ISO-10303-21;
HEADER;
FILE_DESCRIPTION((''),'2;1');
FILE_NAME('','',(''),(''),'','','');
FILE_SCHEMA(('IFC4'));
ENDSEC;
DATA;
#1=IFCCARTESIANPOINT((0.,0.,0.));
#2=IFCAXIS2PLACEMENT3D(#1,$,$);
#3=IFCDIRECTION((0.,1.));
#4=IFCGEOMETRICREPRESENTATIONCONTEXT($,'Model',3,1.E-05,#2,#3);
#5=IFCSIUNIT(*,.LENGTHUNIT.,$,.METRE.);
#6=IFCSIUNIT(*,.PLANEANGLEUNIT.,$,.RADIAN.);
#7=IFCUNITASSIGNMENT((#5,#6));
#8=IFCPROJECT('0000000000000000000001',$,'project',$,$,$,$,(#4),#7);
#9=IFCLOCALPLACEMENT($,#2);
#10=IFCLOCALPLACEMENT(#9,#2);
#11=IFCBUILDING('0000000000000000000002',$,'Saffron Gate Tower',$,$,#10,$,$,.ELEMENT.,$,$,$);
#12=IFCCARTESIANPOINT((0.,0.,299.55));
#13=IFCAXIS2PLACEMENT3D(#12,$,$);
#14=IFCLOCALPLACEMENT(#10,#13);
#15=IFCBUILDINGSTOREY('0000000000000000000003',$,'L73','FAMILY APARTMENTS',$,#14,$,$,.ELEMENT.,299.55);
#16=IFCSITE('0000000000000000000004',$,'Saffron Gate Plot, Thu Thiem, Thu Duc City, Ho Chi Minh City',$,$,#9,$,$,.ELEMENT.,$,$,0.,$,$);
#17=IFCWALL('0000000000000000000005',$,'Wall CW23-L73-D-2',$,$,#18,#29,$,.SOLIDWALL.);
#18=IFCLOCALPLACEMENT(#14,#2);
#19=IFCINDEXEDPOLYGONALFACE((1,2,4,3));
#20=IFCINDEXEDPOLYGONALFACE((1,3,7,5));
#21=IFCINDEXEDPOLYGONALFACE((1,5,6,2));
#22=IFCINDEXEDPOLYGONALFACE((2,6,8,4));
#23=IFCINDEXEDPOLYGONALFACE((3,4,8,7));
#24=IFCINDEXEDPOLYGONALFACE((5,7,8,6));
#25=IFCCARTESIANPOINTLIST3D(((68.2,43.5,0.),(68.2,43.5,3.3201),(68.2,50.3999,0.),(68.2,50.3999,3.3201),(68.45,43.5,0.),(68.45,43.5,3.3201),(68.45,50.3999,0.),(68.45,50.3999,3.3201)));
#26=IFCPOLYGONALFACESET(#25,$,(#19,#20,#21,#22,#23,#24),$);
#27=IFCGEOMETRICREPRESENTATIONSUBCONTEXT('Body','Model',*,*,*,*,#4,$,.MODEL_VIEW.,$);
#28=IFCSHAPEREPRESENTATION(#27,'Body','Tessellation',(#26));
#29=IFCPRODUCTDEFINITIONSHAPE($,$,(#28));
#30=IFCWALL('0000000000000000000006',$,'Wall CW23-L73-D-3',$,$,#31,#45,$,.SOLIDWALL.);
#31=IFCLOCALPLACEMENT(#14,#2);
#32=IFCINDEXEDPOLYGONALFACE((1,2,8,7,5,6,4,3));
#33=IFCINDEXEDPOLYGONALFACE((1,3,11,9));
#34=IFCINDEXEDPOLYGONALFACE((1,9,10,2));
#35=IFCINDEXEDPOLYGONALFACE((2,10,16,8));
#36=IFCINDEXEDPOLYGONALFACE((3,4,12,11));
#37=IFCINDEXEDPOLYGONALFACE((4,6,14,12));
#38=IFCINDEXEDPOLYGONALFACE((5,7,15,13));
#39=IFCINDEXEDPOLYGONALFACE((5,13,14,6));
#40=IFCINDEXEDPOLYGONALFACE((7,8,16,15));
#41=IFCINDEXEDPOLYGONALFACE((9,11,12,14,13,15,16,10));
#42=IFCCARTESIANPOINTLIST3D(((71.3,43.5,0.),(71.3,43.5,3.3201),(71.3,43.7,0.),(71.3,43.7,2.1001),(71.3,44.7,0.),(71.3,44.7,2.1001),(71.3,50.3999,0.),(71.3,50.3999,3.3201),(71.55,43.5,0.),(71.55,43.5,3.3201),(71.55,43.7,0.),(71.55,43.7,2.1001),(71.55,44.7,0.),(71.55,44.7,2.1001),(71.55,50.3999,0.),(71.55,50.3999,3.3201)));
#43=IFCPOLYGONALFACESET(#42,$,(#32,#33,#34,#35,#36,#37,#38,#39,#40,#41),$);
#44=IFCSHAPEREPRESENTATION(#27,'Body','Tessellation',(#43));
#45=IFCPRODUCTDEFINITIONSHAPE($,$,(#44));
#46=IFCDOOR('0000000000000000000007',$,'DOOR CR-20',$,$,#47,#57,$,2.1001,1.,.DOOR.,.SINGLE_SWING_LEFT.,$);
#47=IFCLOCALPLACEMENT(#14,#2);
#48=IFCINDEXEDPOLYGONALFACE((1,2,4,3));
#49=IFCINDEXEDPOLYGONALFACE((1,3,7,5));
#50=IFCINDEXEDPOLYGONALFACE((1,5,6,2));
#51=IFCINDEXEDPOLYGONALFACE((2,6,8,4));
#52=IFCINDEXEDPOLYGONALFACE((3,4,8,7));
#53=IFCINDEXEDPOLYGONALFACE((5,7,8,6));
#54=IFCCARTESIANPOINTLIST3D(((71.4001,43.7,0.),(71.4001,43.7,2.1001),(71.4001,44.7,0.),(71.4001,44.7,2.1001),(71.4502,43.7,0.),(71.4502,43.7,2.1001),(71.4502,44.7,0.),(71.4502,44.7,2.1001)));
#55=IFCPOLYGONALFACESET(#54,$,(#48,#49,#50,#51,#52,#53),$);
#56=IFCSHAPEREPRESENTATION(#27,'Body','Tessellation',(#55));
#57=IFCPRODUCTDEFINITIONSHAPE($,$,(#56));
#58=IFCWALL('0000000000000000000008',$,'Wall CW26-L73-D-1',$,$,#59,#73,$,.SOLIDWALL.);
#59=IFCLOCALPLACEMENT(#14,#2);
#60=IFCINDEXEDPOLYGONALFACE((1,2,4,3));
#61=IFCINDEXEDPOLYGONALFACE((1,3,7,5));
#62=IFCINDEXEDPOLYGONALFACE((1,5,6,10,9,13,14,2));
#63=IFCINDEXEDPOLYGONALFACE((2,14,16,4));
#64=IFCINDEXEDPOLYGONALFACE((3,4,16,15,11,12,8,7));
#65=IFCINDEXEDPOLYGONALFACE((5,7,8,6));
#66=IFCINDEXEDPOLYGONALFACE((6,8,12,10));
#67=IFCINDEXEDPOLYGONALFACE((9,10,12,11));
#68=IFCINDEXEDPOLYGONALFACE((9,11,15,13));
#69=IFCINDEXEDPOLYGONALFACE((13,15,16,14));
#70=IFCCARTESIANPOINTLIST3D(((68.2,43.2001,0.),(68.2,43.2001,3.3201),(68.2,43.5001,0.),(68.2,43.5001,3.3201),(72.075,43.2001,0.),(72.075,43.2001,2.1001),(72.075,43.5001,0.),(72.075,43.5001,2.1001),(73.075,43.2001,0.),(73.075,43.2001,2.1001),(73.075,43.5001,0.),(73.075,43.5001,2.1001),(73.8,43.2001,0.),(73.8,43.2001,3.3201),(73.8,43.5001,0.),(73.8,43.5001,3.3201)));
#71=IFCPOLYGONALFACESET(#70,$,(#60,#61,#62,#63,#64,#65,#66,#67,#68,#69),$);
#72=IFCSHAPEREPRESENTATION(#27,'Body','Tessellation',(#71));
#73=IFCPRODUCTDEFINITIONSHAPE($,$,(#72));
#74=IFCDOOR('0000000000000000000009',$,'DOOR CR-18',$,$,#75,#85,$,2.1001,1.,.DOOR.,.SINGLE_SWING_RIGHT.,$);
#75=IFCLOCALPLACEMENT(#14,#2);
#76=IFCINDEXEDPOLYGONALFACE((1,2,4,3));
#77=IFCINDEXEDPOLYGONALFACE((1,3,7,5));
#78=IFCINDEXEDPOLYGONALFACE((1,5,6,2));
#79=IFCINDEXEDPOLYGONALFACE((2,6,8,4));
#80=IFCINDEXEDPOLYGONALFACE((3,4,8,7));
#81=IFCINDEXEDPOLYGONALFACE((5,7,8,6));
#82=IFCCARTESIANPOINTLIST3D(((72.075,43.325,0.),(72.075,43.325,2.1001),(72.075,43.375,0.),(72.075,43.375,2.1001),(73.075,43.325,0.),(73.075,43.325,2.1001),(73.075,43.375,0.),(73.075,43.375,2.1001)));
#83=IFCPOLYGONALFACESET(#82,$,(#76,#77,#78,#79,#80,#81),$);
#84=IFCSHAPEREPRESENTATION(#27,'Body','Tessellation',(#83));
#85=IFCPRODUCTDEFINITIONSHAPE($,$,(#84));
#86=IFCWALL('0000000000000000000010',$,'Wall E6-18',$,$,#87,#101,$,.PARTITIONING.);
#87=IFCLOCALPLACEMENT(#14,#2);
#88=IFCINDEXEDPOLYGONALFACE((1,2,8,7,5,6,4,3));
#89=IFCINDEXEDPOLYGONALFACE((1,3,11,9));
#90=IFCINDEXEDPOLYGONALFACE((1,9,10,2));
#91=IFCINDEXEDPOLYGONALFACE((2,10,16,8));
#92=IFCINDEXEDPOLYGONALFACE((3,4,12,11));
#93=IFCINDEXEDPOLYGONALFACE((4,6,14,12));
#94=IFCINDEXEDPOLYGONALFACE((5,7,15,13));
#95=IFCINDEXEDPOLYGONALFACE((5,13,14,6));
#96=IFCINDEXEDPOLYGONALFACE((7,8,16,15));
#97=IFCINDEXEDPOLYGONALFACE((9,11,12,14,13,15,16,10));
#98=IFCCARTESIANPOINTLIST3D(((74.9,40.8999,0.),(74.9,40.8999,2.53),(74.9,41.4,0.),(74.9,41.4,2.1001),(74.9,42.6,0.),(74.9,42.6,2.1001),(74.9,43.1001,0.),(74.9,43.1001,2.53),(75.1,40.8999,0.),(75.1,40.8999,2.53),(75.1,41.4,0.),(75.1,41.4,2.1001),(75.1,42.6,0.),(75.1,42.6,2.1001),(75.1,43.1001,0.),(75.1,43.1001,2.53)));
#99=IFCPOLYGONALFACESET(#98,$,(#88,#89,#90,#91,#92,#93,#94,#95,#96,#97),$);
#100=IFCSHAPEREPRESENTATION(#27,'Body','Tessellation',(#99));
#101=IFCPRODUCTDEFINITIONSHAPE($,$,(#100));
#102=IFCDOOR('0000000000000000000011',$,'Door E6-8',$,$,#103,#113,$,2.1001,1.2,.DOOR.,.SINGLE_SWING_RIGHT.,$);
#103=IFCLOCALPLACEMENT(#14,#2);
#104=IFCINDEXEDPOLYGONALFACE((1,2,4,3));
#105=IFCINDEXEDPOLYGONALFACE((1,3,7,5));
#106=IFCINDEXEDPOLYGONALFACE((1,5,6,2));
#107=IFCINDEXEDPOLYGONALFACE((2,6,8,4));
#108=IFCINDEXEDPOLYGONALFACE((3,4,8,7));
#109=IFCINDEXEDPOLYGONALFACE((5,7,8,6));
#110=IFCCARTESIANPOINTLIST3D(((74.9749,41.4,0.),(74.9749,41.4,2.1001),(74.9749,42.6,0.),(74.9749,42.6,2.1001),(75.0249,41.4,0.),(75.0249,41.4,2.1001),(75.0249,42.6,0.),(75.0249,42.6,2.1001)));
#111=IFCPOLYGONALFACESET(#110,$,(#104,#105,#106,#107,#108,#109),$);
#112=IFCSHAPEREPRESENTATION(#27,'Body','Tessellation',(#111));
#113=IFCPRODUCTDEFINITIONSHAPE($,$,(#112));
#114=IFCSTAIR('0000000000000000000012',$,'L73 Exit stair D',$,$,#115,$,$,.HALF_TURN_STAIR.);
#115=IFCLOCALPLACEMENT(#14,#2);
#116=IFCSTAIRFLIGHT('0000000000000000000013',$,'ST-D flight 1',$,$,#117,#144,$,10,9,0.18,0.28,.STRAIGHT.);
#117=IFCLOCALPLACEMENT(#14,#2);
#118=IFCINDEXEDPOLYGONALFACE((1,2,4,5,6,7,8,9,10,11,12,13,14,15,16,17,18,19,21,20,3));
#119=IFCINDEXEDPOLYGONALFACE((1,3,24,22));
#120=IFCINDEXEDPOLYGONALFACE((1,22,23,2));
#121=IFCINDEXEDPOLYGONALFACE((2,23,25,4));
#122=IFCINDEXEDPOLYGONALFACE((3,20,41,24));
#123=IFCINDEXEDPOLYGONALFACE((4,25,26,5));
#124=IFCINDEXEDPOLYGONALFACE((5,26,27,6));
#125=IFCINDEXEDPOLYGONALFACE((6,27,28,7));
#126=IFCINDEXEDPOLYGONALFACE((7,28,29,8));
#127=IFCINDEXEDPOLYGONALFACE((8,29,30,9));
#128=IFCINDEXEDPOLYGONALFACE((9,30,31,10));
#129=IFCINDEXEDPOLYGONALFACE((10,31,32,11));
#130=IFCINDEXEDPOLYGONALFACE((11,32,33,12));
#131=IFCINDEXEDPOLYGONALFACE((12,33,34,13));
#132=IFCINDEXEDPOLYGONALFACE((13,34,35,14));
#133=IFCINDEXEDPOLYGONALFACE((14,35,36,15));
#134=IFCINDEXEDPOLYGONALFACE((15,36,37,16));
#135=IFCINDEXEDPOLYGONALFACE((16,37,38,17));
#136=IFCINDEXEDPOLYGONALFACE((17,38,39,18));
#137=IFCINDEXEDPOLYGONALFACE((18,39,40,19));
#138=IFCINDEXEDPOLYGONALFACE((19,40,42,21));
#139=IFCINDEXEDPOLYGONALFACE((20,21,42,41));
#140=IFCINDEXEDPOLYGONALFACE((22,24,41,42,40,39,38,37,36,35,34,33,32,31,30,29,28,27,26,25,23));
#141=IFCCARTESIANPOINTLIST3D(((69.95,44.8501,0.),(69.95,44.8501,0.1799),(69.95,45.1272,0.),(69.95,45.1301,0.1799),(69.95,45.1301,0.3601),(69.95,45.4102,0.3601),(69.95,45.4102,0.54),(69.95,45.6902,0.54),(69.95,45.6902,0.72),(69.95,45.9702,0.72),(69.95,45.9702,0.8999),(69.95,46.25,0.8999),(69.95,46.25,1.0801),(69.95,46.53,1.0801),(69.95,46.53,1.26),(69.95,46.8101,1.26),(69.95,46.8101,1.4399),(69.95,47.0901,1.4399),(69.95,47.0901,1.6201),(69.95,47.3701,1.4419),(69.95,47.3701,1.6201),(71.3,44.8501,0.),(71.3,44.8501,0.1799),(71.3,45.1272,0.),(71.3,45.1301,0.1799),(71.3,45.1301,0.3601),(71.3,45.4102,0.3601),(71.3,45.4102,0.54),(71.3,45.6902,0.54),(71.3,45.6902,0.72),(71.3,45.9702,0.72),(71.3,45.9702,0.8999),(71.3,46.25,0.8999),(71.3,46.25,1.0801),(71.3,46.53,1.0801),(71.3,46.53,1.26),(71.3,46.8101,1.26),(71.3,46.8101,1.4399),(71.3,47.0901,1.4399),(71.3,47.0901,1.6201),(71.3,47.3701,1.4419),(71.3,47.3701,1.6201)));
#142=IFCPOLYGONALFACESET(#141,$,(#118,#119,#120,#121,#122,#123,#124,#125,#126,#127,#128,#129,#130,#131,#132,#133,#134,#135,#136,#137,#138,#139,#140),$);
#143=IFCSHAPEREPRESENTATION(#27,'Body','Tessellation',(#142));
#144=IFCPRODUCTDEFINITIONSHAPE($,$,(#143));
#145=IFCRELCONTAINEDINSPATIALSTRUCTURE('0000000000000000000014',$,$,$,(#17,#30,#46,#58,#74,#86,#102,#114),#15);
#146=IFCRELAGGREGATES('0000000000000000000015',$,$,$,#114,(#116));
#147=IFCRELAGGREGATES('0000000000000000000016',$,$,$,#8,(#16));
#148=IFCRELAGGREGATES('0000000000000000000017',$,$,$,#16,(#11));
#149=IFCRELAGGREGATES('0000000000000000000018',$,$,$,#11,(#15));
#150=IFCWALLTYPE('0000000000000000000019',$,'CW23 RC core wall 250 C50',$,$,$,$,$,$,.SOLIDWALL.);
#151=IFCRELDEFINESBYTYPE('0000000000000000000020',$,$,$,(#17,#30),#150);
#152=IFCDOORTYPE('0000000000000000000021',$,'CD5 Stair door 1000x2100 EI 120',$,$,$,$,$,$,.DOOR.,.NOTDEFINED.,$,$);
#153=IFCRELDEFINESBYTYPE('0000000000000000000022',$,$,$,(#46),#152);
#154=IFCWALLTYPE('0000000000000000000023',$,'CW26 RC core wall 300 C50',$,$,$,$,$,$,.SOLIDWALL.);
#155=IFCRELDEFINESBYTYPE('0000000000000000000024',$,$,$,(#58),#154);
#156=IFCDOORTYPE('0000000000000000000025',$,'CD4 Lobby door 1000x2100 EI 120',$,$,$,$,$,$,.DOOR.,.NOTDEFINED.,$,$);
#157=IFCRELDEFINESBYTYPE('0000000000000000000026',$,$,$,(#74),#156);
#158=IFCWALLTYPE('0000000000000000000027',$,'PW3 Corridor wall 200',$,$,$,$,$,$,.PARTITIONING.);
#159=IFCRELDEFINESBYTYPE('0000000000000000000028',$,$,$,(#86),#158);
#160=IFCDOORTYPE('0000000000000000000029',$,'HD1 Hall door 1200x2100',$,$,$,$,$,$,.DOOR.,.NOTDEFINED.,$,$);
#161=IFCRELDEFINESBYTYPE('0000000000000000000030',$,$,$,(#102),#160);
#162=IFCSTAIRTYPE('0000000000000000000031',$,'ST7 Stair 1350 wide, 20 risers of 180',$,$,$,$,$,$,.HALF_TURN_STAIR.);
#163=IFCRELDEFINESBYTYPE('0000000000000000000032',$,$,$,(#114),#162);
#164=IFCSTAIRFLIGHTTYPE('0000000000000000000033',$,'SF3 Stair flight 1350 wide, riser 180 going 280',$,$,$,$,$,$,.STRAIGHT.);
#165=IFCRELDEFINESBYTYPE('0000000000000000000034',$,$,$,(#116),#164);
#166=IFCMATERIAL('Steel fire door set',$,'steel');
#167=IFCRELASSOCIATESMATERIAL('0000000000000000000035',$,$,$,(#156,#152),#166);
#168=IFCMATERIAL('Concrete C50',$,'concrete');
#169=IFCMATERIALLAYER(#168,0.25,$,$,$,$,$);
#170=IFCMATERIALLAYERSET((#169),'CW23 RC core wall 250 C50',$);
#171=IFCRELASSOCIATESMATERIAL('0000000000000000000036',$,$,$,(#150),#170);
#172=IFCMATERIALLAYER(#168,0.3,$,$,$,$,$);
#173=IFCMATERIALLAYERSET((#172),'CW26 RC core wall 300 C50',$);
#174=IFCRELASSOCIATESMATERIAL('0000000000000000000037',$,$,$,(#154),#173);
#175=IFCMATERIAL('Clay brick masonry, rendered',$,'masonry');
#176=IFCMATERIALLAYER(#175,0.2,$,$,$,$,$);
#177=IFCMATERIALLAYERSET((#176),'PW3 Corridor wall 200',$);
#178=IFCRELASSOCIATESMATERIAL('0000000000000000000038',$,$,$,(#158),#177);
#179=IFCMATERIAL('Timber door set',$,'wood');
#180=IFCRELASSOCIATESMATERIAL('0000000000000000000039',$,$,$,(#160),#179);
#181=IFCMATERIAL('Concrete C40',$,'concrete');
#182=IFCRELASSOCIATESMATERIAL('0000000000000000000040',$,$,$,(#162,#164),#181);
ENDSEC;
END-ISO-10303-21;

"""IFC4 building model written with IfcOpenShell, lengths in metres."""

from ifc_helpers import new_model, si_unit, direction, frame, frame_2d, origin, place, context, subcontext, project, spatial, polyline, rectangle, outline, extrude, material, layer, layer_set, type_object, element, fill, aggregate, save


model = new_model("IFC4")

# Units and contexts
model_context = context("Model", 3, precision=1e-05, world=origin(), true_north=direction((0.0, 1.0)))
body_context = subcontext(model_context, "Body", "Model", "MODEL_VIEW")
ifc_project = project(units=[si_unit("LENGTHUNIT", "METRE"), si_unit("PLANEANGLEUNIT", "RADIAN")], contexts=[model_context])

# Site, building, storey
site_placement = place(None, origin())
site = spatial("IfcSite", under=ifc_project, at=site_placement, Name="Saffron Gate Plot, Thu Thiem, Thu Duc City, Ho Chi Minh City", CompositionType="ELEMENT", RefElevation=0.0)
building_placement = place(site_placement, origin())
building = spatial("IfcBuilding", under=site, at=building_placement, Name="Saffron Gate Tower", CompositionType="ELEMENT")
storey_placement = place(building_placement, frame((0.0, 0.0, 299.55)))
storey = spatial("IfcBuildingStorey", under=building, at=storey_placement, Name="L73", Description="FAMILY APARTMENTS", CompositionType="ELEMENT", Elevation=299.55)

# Shared definitions
ifc_material_1 = material(Name="Concrete C40", Category="concrete")

# Shared definitions
ifc_material_2 = material(Name="Steel fire door set", Category="steel")
door_type_1 = type_object("IfcDoorType", Name="CD4 Lobby door 1000x2100 EI 120", OperationType="NOTDEFINED", PredefinedType="DOOR", material=ifc_material_2)

# Wall
ifc_material_3 = material(Name="Concrete C50", Category="concrete")
ifc_layer_1 = layer(ifc_material_3, 0.25)
ifc_layer_set_1 = layer_set([ifc_layer_1], Name="CW23 RC core wall 250 C50")
wall_type_1 = type_object("IfcWallType", Name="CW23 RC core wall 250 C50", PredefinedType="SOLIDWALL", material=ifc_layer_set_1)
wall_1_placement = place(storey_placement, frame((68.325, 43.5, 0.0), z_axis=(0.0, 0.0, 1.0), x_axis=(0.0, 1.0, 0.0)))
element("IfcWall", 1, at=wall_1_placement, inside=storey, type_object=wall_type_1, Name="Wall CW23-L73-D-2", PredefinedType="SOLIDWALL", context=body_context, shape_type="SweptSolid", body=[
    extrude(rectangle(XDim=6.8999, YDim=0.25, at=frame_2d((3.45, 0.0))), origin(), (0.0, 0.0, 1.0), 3.3201),
])

# Walls, openings, doors
wall_2_placement = place(storey_placement, frame((71.425, 43.5, 0.0), z_axis=(0.0, 0.0, 1.0), x_axis=(0.0, 1.0, 0.0)))
wall_2 = element("IfcWall", 2, at=wall_2_placement, inside=storey, type_object=wall_type_1, Name="Wall CW23-L73-D-3", PredefinedType="SOLIDWALL", context=body_context, shape_type="SweptSolid", body=[
    extrude(rectangle(XDim=6.8999, YDim=0.25, at=frame_2d((3.45, 0.0))), origin(), (0.0, 0.0, 1.0), 3.3201),
])
opening_1_placement = place(wall_2_placement, frame((0.2, 0.0, 0.0)))
opening_1 = element("IfcOpeningElement", 3, at=opening_1_placement, cuts=wall_2, PredefinedType="OPENING", context=body_context, shape_type="SweptSolid", body=[
    extrude(rectangle(XDim=1.0, YDim=2.1001, at=frame_2d((0.5, 1.05))), frame((0.0, 0.135, 0.0), z_axis=(0.0, -1.0, 0.0), x_axis=(1.0, 0.0, 0.0)), (0.0, 0.0, 1.0), 0.27),
])
door_type_2 = type_object("IfcDoorType", Name="CD5 Stair door 1000x2100 EI 120", OperationType="NOTDEFINED", PredefinedType="DOOR", material=ifc_material_2)
door_1_placement = place(opening_1_placement, origin())
door_1 = element("IfcDoor", 4, at=door_1_placement, inside=storey, type_object=door_type_2, Name="DOOR CR-20", OperationType="SINGLE_SWING_LEFT", OverallHeight=2.1001, OverallWidth=1.0, PredefinedType="DOOR", context=body_context, shape_type="SweptSolid", body=[
    extrude(rectangle(XDim=1.0, YDim=2.1001, at=frame_2d((0.5, 1.05))), frame((0.0, 0.0249, 0.0), z_axis=(0.0, -1.0, 0.0), x_axis=(1.0, 0.0, 0.0)), (0.0, 0.0, 1.0), 0.05),
])
fill(opening_1, door_1)
ifc_layer_2 = layer(ifc_material_3, 0.3)
ifc_layer_set_2 = layer_set([ifc_layer_2], Name="CW26 RC core wall 300 C50")
wall_type_2 = type_object("IfcWallType", Name="CW26 RC core wall 300 C50", PredefinedType="SOLIDWALL", material=ifc_layer_set_2)
wall_3_placement = place(storey_placement, frame((68.2, 43.3501, 0.0), z_axis=(0.0, 0.0, 1.0), x_axis=(1.0, 0.0, 0.0)))
wall_3 = element("IfcWall", 5, at=wall_3_placement, inside=storey, type_object=wall_type_2, Name="Wall CW26-L73-D-1", PredefinedType="SOLIDWALL", context=body_context, shape_type="SweptSolid", body=[
    extrude(rectangle(XDim=5.6001, YDim=0.3, at=frame_2d((2.8, 0.0))), origin(), (0.0, 0.0, 1.0), 3.3201),
])
opening_2_placement = place(wall_3_placement, frame((3.875, 0.0, 0.0)))
opening_2 = element("IfcOpeningElement", 6, at=opening_2_placement, cuts=wall_3, PredefinedType="OPENING", context=body_context, shape_type="SweptSolid", body=[
    extrude(rectangle(XDim=1.0, YDim=2.1001, at=frame_2d((0.5, 1.05))), frame((0.0, 0.1602, 0.0), z_axis=(0.0, -1.0, 0.0), x_axis=(1.0, 0.0, 0.0)), (0.0, 0.0, 1.0), 0.3201),
])
door_2_placement = place(opening_2_placement, origin())
door_2 = element("IfcDoor", 7, at=door_2_placement, inside=storey, type_object=door_type_1, Name="DOOR CR-18", OperationType="SINGLE_SWING_RIGHT", OverallHeight=2.1001, OverallWidth=1.0, PredefinedType="DOOR", context=body_context, shape_type="SweptSolid", body=[
    extrude(rectangle(XDim=1.0, YDim=2.1001, at=frame_2d((0.5, 1.05))), frame((0.0, 0.0249, 0.0), z_axis=(0.0, -1.0, 0.0), x_axis=(1.0, 0.0, 0.0)), (0.0, 0.0, 1.0), 0.05),
])
fill(opening_2, door_2)
ifc_material_4 = material(Name="Clay brick masonry, rendered", Category="masonry")
ifc_layer_3 = layer(ifc_material_4, 0.2)
ifc_layer_set_3 = layer_set([ifc_layer_3], Name="PW3 Corridor wall 200")
wall_type_3 = type_object("IfcWallType", Name="PW3 Corridor wall 200", PredefinedType="PARTITIONING", material=ifc_layer_set_3)
wall_4_placement = place(storey_placement, frame((75.0, 43.1001, 0.0), z_axis=(0.0, 0.0, 1.0), x_axis=(0.0, -1.0, 0.0)))
wall_4 = element("IfcWall", 8, at=wall_4_placement, inside=storey, type_object=wall_type_3, Name="Wall E6-18", PredefinedType="PARTITIONING", context=body_context, shape_type="SweptSolid", body=[
    extrude(rectangle(XDim=2.2002, YDim=0.2, at=frame_2d((1.1001, 0.0))), origin(), (0.0, 0.0, 1.0), 2.53),
])
opening_3_placement = place(wall_4_placement, frame((0.5, 0.0, 0.0)))
opening_3 = element("IfcOpeningElement", 9, at=opening_3_placement, cuts=wall_4, PredefinedType="OPENING", context=body_context, shape_type="SweptSolid", body=[
    extrude(rectangle(XDim=1.2, YDim=2.1001, at=frame_2d((0.6001, 1.05))), frame((0.0, 0.1099, 0.0), z_axis=(0.0, -1.0, 0.0), x_axis=(1.0, 0.0, 0.0)), (0.0, 0.0, 1.0), 0.22),
])
ifc_material_5 = material(Name="Timber door set", Category="wood")
door_type_3 = type_object("IfcDoorType", Name="HD1 Hall door 1200x2100", OperationType="NOTDEFINED", PredefinedType="DOOR", material=ifc_material_5)
door_3_placement = place(opening_3_placement, origin())
door_3 = element("IfcDoor", 10, at=door_3_placement, inside=storey, type_object=door_type_3, Name="Door E6-8", OperationType="SINGLE_SWING_RIGHT", OverallHeight=2.1001, OverallWidth=1.2, PredefinedType="DOOR", context=body_context, shape_type="SweptSolid", body=[
    extrude(rectangle(XDim=1.2, YDim=2.1001, at=frame_2d((0.6001, 1.05))), frame((0.0, 0.0249, 0.0), z_axis=(0.0, -1.0, 0.0), x_axis=(1.0, 0.0, 0.0)), (0.0, 0.0, 1.0), 0.05),
])
fill(opening_3, door_3)

# Stair, stair flight
stair_type = type_object("IfcStairType", Name="ST7 Stair 1350 wide, 20 risers of 180", PredefinedType="HALF_TURN_STAIR", material=ifc_material_1)
stair_placement = place(storey_placement, origin())
stair = element("IfcStair", 11, at=stair_placement, inside=storey, type_object=stair_type, Name="L73 Exit stair D", PredefinedType="HALF_TURN_STAIR")
stair_flight_type = type_object("IfcStairFlightType", Name="SF3 Stair flight 1350 wide, riser 180 going 280", PredefinedType="STRAIGHT", material=ifc_material_1)
stair_flight_placement = place(storey_placement, frame((70.625, 44.8501, 0.0), z_axis=(0.0, 0.0, 1.0), x_axis=(0.0, 1.0, 0.0)))
stair_flight = element("IfcStairFlight", 12, at=stair_flight_placement, type_object=stair_flight_type, Name="ST-D flight 1", NumberOfRisers=10, NumberOfTreads=9, PredefinedType="STRAIGHT", RiserHeight=0.18, TreadLength=0.28, context=body_context, shape_type="SweptSolid", body=[
    extrude(outline(polyline([(0.0, 0.0), (0.0, 0.1799), (0.28, 0.1799), (0.28, 0.3601), (0.5601, 0.3601), (0.5601, 0.54), (0.8401, 0.54), (0.8401, 0.72), (1.1201, 0.72), (1.1201, 0.8999), (1.3999, 0.8999), (1.3999, 1.0801), (1.6799, 1.0801), (1.6799, 1.26), (1.96, 1.26), (1.96, 1.4399), (2.24, 1.4399), (2.24, 1.6201), (2.52, 1.6201), (2.52, 1.8), (2.52, 1.4419), (0.2771, 0.0), (0.0, 0.0)])), frame((0.0, 0.675, 0.0), z_axis=(0.0, -1.0, 0.0), x_axis=(1.0, 0.0, 0.0)), (0.0, 0.0, 1.0), 1.3501),
])
aggregate(stair, [stair_flight])

save(model, "model.ifc")
